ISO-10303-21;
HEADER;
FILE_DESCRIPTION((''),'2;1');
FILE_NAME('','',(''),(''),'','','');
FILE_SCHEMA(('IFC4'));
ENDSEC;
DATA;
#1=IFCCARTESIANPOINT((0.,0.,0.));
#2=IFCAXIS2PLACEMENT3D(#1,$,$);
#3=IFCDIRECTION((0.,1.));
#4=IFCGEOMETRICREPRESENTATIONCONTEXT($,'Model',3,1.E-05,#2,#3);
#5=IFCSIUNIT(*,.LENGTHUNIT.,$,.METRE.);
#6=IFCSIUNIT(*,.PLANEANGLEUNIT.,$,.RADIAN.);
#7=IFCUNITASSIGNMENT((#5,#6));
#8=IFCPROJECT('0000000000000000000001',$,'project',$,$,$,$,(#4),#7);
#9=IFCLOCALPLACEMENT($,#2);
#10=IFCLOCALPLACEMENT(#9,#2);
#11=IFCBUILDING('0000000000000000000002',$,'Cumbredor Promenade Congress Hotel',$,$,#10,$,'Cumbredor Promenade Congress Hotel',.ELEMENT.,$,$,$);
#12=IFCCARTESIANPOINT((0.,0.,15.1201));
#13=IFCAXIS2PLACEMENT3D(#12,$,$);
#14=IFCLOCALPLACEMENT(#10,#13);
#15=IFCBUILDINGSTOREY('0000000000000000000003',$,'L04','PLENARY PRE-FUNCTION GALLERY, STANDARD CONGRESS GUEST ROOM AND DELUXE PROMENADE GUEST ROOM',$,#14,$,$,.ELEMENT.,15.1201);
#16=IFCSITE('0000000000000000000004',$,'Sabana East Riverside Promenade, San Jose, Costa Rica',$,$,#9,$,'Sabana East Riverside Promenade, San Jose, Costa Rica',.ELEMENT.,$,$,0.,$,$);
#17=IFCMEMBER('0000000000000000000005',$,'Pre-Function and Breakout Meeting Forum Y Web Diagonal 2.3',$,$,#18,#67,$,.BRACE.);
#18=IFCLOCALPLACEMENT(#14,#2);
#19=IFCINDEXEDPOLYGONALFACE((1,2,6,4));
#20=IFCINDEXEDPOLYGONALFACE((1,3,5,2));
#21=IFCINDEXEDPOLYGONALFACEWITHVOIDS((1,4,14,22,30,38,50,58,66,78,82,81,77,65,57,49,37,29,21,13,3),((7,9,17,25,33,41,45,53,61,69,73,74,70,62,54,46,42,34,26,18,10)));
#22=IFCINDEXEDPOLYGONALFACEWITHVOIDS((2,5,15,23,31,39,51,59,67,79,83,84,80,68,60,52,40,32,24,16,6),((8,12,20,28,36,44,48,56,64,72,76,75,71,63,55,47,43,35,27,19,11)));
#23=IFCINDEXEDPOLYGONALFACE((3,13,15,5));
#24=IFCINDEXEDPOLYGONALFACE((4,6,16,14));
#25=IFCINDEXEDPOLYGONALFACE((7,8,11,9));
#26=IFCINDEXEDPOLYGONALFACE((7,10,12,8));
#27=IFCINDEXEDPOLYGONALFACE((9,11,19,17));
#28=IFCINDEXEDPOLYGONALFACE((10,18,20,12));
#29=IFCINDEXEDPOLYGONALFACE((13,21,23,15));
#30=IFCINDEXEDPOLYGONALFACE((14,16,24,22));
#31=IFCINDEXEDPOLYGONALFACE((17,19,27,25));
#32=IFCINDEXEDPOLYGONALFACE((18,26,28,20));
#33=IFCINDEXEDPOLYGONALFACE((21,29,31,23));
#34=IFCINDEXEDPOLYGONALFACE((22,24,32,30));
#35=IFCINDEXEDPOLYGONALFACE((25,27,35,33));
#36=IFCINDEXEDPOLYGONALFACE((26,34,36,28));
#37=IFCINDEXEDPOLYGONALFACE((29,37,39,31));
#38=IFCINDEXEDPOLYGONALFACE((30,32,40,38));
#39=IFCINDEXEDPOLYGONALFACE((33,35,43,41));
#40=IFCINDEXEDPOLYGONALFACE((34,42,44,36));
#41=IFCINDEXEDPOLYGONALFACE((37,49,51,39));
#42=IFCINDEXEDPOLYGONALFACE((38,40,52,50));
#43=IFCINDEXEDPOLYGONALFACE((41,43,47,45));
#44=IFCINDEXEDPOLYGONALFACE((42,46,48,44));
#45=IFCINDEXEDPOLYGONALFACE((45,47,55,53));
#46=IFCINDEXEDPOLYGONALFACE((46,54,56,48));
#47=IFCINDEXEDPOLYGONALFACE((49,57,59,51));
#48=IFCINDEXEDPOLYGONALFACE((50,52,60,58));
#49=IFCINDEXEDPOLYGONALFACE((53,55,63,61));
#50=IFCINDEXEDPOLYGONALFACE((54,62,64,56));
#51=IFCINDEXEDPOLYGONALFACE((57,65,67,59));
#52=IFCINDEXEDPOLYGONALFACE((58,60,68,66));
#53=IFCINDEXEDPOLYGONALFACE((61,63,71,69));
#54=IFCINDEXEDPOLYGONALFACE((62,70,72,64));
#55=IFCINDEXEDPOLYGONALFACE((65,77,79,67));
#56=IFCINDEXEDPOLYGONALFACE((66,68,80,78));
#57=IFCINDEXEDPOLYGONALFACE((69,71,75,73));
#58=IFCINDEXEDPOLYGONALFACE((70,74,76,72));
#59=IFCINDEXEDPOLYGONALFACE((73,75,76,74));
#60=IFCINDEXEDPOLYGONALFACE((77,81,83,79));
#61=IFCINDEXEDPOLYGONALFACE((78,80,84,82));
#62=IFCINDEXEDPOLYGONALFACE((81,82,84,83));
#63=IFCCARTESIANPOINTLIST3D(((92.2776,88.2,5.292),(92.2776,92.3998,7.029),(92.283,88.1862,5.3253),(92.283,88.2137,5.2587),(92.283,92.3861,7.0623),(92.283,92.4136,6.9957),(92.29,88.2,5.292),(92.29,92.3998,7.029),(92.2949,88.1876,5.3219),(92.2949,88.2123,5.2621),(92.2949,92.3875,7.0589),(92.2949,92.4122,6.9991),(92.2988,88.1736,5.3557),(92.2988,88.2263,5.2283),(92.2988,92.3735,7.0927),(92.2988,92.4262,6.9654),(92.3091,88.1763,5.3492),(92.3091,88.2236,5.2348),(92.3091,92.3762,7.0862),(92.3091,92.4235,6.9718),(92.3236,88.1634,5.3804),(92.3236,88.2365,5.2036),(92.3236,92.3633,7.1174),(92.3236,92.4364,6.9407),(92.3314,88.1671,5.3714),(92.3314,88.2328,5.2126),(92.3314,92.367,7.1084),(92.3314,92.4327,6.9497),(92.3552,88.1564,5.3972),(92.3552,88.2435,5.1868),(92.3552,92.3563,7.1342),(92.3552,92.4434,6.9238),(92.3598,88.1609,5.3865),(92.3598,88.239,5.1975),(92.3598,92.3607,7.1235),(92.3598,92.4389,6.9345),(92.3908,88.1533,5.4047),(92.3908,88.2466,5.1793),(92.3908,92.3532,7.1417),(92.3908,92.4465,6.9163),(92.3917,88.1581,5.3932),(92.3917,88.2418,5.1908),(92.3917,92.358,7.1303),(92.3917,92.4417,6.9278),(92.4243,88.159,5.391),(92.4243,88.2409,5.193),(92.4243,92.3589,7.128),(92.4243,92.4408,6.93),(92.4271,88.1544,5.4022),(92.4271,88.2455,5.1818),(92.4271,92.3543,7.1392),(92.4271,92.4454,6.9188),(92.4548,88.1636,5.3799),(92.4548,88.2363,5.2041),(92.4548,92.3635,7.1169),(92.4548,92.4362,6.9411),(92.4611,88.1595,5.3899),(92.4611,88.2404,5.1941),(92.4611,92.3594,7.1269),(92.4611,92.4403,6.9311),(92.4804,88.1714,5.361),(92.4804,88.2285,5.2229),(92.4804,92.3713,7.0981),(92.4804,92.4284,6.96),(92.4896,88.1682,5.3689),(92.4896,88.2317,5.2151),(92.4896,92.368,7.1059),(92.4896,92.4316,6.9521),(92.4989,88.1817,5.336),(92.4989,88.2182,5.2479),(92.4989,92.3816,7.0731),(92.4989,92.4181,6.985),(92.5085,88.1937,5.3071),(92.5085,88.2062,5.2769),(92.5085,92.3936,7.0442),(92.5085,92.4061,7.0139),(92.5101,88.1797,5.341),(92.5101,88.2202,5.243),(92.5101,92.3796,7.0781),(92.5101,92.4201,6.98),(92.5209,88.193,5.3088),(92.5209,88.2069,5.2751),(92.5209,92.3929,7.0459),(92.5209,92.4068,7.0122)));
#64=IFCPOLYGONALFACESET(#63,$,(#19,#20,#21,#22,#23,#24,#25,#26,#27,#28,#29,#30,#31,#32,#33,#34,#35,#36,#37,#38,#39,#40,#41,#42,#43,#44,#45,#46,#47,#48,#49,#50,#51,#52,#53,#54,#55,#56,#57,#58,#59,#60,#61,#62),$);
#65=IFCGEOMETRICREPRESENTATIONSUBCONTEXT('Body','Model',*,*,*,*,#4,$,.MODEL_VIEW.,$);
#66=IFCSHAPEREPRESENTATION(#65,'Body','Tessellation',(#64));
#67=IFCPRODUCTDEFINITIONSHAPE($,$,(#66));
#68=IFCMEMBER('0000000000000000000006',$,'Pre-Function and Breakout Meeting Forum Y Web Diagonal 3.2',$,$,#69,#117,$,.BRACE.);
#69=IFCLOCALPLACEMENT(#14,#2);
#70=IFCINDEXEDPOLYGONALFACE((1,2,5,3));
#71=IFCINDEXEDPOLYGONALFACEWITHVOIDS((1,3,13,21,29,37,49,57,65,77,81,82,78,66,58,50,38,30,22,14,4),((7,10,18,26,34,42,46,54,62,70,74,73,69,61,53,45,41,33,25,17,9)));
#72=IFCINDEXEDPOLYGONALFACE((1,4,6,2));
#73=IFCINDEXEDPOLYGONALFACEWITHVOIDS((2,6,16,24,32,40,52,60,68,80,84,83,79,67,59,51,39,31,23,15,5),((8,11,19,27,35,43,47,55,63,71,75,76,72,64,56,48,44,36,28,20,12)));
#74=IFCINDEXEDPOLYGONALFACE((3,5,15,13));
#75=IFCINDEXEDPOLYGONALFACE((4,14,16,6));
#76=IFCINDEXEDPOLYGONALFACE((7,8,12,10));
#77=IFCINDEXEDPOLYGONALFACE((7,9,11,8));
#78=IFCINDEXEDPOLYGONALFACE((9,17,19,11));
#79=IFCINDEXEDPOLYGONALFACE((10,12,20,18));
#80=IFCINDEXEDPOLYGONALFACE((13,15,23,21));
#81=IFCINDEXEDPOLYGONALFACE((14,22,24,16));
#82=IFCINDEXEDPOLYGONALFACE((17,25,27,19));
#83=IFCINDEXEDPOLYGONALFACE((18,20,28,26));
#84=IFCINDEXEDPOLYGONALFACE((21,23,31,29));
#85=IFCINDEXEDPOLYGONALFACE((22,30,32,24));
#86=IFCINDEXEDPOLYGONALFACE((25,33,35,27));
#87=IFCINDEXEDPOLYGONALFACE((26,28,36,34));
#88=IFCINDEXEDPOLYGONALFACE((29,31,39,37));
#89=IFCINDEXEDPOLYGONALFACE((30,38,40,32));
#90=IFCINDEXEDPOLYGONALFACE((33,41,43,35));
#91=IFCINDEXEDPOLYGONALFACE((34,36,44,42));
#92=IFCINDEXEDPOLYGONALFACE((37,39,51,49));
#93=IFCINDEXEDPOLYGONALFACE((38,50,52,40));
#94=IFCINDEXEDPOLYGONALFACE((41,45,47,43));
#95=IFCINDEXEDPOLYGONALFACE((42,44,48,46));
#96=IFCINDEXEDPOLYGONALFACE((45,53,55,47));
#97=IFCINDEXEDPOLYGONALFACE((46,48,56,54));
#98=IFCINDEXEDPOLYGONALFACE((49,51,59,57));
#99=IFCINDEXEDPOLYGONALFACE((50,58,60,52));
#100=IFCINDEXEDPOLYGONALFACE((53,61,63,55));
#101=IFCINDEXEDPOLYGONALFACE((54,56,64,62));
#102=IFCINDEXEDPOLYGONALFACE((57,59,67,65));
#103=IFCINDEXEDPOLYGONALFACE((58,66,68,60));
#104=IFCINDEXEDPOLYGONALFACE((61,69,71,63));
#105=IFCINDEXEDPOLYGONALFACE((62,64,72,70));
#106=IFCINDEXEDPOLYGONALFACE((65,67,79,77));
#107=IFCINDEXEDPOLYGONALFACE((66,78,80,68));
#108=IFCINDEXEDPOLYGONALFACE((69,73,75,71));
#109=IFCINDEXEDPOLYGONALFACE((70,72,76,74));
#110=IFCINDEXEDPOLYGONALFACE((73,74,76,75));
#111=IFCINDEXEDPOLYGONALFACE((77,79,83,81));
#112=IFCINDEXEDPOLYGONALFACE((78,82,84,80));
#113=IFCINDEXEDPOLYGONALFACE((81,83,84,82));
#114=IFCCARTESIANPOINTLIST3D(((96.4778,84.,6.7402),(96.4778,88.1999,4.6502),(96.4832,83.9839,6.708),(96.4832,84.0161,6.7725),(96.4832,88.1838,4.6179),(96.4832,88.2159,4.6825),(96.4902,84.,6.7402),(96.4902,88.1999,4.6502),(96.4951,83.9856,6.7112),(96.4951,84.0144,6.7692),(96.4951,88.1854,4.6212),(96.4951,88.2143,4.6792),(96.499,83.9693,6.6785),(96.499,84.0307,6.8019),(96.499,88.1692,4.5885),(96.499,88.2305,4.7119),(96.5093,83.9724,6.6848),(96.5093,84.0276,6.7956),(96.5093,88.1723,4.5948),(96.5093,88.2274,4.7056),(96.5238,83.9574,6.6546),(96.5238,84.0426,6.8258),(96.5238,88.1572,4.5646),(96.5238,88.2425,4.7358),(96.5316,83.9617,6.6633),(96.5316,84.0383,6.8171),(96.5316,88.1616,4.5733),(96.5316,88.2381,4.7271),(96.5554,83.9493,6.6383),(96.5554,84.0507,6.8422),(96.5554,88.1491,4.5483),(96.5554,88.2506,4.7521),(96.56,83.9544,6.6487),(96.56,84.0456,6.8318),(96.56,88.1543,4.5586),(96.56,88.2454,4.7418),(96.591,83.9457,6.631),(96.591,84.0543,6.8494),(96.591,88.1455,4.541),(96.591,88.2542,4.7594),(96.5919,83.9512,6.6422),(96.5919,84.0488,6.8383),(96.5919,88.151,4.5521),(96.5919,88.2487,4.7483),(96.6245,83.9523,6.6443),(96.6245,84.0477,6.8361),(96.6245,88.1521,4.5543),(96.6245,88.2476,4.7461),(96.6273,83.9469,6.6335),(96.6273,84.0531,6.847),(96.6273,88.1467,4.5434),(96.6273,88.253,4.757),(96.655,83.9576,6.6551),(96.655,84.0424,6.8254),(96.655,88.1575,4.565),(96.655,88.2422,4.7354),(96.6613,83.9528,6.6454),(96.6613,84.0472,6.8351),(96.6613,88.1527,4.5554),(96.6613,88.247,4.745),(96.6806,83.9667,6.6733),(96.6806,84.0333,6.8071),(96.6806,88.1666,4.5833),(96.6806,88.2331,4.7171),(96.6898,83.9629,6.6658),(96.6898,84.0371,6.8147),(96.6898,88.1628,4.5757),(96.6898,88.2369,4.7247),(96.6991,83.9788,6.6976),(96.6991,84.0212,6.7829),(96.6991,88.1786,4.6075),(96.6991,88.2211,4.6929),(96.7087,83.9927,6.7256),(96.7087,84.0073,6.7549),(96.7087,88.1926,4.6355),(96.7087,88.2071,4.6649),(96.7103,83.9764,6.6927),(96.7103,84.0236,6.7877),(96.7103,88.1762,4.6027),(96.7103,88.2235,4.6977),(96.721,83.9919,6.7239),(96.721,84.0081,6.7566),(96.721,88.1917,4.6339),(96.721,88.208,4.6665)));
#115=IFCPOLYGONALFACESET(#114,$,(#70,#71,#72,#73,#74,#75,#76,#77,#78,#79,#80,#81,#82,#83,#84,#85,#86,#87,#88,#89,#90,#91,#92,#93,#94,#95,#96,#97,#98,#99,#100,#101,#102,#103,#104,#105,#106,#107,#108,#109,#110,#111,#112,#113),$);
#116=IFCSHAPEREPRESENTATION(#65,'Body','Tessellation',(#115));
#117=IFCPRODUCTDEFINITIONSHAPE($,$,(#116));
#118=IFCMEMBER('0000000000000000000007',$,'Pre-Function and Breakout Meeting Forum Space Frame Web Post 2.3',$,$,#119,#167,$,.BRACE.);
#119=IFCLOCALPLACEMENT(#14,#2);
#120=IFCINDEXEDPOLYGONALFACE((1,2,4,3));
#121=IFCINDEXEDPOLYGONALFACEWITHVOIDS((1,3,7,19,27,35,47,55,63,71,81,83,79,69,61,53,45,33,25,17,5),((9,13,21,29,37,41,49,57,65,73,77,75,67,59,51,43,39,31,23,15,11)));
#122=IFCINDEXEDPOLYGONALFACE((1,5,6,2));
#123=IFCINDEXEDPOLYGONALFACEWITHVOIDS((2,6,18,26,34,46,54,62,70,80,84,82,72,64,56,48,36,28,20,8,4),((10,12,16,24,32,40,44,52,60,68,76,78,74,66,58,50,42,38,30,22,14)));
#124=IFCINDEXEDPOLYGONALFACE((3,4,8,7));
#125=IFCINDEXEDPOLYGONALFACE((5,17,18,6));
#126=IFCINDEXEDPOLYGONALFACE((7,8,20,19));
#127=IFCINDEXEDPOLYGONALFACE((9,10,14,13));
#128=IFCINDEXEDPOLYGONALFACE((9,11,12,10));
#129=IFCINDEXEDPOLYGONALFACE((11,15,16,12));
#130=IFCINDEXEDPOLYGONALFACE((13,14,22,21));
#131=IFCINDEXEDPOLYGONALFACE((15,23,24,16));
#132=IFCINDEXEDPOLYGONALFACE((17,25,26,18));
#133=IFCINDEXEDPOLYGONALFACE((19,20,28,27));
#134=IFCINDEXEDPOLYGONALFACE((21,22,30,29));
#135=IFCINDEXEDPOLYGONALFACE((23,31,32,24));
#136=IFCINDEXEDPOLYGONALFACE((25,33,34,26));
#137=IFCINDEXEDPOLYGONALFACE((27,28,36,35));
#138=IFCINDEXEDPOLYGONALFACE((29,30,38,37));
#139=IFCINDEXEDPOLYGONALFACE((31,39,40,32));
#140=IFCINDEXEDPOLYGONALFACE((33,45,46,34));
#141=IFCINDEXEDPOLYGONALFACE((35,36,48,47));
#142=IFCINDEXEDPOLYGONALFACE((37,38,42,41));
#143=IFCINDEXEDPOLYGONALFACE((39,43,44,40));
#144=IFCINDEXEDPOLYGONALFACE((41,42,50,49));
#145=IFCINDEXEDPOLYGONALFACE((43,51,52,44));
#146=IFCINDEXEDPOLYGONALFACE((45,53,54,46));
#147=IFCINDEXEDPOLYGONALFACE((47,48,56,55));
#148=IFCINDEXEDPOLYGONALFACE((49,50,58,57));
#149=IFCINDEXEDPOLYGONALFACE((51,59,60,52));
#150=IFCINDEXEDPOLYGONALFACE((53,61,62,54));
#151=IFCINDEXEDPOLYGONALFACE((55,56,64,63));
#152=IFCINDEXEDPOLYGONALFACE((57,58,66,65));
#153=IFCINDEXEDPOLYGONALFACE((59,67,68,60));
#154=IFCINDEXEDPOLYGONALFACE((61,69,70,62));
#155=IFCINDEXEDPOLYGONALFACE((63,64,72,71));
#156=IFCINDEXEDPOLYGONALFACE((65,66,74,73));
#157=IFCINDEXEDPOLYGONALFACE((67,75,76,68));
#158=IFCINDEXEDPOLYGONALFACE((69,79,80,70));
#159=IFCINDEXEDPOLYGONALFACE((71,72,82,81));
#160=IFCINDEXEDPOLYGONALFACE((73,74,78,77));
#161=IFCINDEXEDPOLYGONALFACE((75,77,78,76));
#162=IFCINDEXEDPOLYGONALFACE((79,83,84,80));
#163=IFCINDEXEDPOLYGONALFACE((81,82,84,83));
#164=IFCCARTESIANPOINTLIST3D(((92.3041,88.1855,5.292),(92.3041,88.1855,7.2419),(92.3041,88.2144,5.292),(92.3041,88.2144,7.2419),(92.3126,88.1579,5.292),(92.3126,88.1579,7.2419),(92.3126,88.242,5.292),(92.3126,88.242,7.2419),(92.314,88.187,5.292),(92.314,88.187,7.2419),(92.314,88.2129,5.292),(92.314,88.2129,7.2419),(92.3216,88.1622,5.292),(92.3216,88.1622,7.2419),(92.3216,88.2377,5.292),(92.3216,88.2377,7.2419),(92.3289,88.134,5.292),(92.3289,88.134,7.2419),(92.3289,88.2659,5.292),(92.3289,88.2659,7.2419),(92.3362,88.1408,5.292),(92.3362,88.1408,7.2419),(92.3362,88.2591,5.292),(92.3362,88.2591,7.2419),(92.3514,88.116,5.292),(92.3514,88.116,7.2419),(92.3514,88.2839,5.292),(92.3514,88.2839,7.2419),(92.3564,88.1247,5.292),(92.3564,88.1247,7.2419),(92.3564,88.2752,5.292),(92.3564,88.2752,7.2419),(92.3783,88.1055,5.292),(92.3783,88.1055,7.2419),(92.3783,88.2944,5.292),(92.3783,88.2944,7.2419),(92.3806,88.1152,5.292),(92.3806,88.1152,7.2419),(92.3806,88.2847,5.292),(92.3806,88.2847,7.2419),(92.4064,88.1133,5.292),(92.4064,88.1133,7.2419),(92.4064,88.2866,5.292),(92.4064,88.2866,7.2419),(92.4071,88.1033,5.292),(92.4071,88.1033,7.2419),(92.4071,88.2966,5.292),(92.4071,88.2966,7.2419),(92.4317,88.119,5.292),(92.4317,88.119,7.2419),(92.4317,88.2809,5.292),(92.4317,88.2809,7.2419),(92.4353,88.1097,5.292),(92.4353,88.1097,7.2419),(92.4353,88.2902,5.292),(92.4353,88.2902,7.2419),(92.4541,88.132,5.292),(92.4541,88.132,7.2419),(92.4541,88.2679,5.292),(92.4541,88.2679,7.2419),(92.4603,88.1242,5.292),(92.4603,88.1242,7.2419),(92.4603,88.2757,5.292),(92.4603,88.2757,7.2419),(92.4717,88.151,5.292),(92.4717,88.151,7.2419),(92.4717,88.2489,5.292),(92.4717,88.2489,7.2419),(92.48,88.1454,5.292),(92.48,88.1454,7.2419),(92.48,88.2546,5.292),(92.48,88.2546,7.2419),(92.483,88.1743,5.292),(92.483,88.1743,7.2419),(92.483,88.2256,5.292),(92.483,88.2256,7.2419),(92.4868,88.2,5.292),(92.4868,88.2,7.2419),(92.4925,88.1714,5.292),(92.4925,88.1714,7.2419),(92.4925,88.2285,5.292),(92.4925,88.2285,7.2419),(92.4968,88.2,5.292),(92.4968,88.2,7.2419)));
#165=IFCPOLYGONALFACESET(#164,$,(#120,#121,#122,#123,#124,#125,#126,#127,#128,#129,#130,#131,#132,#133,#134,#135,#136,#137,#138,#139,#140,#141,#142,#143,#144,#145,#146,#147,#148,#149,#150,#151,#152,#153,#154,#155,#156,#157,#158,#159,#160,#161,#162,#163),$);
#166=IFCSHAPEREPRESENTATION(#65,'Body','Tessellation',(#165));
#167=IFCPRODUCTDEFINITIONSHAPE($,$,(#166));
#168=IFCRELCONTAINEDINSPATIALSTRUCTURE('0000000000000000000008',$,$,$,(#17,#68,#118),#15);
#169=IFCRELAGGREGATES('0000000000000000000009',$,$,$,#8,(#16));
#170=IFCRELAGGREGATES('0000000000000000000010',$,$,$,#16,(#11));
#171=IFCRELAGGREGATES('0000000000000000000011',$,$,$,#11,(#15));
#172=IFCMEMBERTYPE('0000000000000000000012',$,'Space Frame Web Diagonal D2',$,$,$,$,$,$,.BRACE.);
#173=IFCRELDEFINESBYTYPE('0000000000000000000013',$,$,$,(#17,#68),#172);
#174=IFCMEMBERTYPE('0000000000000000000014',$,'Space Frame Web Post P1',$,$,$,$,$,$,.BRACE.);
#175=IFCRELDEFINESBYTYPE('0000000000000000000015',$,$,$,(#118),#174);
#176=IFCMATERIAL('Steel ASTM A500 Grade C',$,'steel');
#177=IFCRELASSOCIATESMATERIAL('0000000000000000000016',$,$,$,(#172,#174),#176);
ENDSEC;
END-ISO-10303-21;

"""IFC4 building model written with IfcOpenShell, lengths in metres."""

from ifc_helpers import new_model, si_unit, direction, frame, origin, origin_2d, place, context, subcontext, project, spatial, hollow_circle, extrude, material, material_profile, profile_set, type_object, element, save


model = new_model("IFC4")

# Units and contexts
model_context = context("Model", 3, precision=1e-05, world=origin(), true_north=direction((0.0, 1.0)))
body_context = subcontext(model_context, "Body", "Model", "MODEL_VIEW")
ifc_project = project(units=[si_unit("LENGTHUNIT", "METRE"), si_unit("PLANEANGLEUNIT", "RADIAN")], contexts=[model_context])

# Site, building, storey
site_placement = place(None, origin())
site = spatial("IfcSite", under=ifc_project, at=site_placement, Name="Sabana East Riverside Promenade, San Jose, Costa Rica", LongName="Sabana East Riverside Promenade, San Jose, Costa Rica", CompositionType="ELEMENT", RefElevation=0.0)
building_placement = place(site_placement, origin())
building = spatial("IfcBuilding", under=site, at=building_placement, Name="Cumbredor Promenade Congress Hotel", LongName="Cumbredor Promenade Congress Hotel", CompositionType="ELEMENT")
storey_placement = place(building_placement, frame((0.0, 0.0, 15.1201)))
storey = spatial("IfcBuildingStorey", under=building, at=storey_placement, Name="L04", Description="PLENARY PRE-FUNCTION GALLERY, STANDARD CONGRESS GUEST ROOM AND DELUXE PROMENADE GUEST ROOM", CompositionType="ELEMENT", Elevation=15.1201)

# Members
ifc_material_1 = material(Name="Steel ASTM A500 Grade C", Category="steel")
ifc_material_profile_1 = material_profile(ifc_material_1, hollow_circle(Radius=0.1223, WallThickness=0.0125, at=origin_2d()), Name="CHS 244.5x12.5")
ifc_profile_set_1 = profile_set([ifc_material_profile_1], Name="Steel ASTM A500 Grade C")
member_type_1 = type_object("IfcMemberType", Name="Space Frame Web Diagonal D2", PredefinedType="BRACE", material=ifc_profile_set_1)
member_1_placement = place(storey_placement, frame((92.3999, 88.2, 5.292), z_axis=(0.0, 0.924083, 0.382192), x_axis=(-1.0, 0.0, 0.0)))
element("IfcMember", 1, at=member_1_placement, inside=storey, type_object=member_type_1, Name="Pre-Function and Breakout Meeting Forum Y Web Diagonal 2.3", PredefinedType="BRACE", context=body_context, shape_type="SweptSolid", body=[
    extrude(hollow_circle(Radius=0.1223, WallThickness=0.0125, at=origin_2d()), origin(), (0.0, 0.0, 1.0), 4.5449),
])
member_2_placement = place(storey_placement, frame((96.6001, 84.0, 6.7402), z_axis=(0.0, 0.895269, -0.445527), x_axis=(-1.0, 0.0, 0.0)))
element("IfcMember", 2, at=member_2_placement, inside=storey, type_object=member_type_1, Name="Pre-Function and Breakout Meeting Forum Y Web Diagonal 3.2", PredefinedType="BRACE", context=body_context, shape_type="SweptSolid", body=[
    extrude(hollow_circle(Radius=0.1223, WallThickness=0.0125, at=origin_2d()), origin(), (0.0, 0.0, 1.0), 4.6912),
])
ifc_material_profile_2 = material_profile(ifc_material_1, hollow_circle(Radius=0.0969, WallThickness=0.01, at=origin_2d()), Name="CHS 193.7x10")
ifc_profile_set_2 = profile_set([ifc_material_profile_2], Name="Steel ASTM A500 Grade C")
member_type_2 = type_object("IfcMemberType", Name="Space Frame Web Post P1", PredefinedType="BRACE", material=ifc_profile_set_2)
for number, where, z_axis, x_axis, name in (
    (3, (92.3999, 88.2, 5.292), (0.0, 0.0, 1.0), (1.0, 0.0, 0.0), "Pre-Function and Breakout Meeting Forum Space Frame Web Post 2.3"),
):
    element("IfcMember", number, at=place(storey_placement, frame(where, z_axis=z_axis, x_axis=x_axis)), inside=storey, type_object=member_type_2, Name=name, PredefinedType="BRACE", context=body_context, shape_type="SweptSolid", body=[
        extrude(hollow_circle(Radius=0.0969, WallThickness=0.01, at=origin_2d()), origin(), (0.0, 0.0, 1.0), 1.95),
    ])

save(model, "model.ifc")
